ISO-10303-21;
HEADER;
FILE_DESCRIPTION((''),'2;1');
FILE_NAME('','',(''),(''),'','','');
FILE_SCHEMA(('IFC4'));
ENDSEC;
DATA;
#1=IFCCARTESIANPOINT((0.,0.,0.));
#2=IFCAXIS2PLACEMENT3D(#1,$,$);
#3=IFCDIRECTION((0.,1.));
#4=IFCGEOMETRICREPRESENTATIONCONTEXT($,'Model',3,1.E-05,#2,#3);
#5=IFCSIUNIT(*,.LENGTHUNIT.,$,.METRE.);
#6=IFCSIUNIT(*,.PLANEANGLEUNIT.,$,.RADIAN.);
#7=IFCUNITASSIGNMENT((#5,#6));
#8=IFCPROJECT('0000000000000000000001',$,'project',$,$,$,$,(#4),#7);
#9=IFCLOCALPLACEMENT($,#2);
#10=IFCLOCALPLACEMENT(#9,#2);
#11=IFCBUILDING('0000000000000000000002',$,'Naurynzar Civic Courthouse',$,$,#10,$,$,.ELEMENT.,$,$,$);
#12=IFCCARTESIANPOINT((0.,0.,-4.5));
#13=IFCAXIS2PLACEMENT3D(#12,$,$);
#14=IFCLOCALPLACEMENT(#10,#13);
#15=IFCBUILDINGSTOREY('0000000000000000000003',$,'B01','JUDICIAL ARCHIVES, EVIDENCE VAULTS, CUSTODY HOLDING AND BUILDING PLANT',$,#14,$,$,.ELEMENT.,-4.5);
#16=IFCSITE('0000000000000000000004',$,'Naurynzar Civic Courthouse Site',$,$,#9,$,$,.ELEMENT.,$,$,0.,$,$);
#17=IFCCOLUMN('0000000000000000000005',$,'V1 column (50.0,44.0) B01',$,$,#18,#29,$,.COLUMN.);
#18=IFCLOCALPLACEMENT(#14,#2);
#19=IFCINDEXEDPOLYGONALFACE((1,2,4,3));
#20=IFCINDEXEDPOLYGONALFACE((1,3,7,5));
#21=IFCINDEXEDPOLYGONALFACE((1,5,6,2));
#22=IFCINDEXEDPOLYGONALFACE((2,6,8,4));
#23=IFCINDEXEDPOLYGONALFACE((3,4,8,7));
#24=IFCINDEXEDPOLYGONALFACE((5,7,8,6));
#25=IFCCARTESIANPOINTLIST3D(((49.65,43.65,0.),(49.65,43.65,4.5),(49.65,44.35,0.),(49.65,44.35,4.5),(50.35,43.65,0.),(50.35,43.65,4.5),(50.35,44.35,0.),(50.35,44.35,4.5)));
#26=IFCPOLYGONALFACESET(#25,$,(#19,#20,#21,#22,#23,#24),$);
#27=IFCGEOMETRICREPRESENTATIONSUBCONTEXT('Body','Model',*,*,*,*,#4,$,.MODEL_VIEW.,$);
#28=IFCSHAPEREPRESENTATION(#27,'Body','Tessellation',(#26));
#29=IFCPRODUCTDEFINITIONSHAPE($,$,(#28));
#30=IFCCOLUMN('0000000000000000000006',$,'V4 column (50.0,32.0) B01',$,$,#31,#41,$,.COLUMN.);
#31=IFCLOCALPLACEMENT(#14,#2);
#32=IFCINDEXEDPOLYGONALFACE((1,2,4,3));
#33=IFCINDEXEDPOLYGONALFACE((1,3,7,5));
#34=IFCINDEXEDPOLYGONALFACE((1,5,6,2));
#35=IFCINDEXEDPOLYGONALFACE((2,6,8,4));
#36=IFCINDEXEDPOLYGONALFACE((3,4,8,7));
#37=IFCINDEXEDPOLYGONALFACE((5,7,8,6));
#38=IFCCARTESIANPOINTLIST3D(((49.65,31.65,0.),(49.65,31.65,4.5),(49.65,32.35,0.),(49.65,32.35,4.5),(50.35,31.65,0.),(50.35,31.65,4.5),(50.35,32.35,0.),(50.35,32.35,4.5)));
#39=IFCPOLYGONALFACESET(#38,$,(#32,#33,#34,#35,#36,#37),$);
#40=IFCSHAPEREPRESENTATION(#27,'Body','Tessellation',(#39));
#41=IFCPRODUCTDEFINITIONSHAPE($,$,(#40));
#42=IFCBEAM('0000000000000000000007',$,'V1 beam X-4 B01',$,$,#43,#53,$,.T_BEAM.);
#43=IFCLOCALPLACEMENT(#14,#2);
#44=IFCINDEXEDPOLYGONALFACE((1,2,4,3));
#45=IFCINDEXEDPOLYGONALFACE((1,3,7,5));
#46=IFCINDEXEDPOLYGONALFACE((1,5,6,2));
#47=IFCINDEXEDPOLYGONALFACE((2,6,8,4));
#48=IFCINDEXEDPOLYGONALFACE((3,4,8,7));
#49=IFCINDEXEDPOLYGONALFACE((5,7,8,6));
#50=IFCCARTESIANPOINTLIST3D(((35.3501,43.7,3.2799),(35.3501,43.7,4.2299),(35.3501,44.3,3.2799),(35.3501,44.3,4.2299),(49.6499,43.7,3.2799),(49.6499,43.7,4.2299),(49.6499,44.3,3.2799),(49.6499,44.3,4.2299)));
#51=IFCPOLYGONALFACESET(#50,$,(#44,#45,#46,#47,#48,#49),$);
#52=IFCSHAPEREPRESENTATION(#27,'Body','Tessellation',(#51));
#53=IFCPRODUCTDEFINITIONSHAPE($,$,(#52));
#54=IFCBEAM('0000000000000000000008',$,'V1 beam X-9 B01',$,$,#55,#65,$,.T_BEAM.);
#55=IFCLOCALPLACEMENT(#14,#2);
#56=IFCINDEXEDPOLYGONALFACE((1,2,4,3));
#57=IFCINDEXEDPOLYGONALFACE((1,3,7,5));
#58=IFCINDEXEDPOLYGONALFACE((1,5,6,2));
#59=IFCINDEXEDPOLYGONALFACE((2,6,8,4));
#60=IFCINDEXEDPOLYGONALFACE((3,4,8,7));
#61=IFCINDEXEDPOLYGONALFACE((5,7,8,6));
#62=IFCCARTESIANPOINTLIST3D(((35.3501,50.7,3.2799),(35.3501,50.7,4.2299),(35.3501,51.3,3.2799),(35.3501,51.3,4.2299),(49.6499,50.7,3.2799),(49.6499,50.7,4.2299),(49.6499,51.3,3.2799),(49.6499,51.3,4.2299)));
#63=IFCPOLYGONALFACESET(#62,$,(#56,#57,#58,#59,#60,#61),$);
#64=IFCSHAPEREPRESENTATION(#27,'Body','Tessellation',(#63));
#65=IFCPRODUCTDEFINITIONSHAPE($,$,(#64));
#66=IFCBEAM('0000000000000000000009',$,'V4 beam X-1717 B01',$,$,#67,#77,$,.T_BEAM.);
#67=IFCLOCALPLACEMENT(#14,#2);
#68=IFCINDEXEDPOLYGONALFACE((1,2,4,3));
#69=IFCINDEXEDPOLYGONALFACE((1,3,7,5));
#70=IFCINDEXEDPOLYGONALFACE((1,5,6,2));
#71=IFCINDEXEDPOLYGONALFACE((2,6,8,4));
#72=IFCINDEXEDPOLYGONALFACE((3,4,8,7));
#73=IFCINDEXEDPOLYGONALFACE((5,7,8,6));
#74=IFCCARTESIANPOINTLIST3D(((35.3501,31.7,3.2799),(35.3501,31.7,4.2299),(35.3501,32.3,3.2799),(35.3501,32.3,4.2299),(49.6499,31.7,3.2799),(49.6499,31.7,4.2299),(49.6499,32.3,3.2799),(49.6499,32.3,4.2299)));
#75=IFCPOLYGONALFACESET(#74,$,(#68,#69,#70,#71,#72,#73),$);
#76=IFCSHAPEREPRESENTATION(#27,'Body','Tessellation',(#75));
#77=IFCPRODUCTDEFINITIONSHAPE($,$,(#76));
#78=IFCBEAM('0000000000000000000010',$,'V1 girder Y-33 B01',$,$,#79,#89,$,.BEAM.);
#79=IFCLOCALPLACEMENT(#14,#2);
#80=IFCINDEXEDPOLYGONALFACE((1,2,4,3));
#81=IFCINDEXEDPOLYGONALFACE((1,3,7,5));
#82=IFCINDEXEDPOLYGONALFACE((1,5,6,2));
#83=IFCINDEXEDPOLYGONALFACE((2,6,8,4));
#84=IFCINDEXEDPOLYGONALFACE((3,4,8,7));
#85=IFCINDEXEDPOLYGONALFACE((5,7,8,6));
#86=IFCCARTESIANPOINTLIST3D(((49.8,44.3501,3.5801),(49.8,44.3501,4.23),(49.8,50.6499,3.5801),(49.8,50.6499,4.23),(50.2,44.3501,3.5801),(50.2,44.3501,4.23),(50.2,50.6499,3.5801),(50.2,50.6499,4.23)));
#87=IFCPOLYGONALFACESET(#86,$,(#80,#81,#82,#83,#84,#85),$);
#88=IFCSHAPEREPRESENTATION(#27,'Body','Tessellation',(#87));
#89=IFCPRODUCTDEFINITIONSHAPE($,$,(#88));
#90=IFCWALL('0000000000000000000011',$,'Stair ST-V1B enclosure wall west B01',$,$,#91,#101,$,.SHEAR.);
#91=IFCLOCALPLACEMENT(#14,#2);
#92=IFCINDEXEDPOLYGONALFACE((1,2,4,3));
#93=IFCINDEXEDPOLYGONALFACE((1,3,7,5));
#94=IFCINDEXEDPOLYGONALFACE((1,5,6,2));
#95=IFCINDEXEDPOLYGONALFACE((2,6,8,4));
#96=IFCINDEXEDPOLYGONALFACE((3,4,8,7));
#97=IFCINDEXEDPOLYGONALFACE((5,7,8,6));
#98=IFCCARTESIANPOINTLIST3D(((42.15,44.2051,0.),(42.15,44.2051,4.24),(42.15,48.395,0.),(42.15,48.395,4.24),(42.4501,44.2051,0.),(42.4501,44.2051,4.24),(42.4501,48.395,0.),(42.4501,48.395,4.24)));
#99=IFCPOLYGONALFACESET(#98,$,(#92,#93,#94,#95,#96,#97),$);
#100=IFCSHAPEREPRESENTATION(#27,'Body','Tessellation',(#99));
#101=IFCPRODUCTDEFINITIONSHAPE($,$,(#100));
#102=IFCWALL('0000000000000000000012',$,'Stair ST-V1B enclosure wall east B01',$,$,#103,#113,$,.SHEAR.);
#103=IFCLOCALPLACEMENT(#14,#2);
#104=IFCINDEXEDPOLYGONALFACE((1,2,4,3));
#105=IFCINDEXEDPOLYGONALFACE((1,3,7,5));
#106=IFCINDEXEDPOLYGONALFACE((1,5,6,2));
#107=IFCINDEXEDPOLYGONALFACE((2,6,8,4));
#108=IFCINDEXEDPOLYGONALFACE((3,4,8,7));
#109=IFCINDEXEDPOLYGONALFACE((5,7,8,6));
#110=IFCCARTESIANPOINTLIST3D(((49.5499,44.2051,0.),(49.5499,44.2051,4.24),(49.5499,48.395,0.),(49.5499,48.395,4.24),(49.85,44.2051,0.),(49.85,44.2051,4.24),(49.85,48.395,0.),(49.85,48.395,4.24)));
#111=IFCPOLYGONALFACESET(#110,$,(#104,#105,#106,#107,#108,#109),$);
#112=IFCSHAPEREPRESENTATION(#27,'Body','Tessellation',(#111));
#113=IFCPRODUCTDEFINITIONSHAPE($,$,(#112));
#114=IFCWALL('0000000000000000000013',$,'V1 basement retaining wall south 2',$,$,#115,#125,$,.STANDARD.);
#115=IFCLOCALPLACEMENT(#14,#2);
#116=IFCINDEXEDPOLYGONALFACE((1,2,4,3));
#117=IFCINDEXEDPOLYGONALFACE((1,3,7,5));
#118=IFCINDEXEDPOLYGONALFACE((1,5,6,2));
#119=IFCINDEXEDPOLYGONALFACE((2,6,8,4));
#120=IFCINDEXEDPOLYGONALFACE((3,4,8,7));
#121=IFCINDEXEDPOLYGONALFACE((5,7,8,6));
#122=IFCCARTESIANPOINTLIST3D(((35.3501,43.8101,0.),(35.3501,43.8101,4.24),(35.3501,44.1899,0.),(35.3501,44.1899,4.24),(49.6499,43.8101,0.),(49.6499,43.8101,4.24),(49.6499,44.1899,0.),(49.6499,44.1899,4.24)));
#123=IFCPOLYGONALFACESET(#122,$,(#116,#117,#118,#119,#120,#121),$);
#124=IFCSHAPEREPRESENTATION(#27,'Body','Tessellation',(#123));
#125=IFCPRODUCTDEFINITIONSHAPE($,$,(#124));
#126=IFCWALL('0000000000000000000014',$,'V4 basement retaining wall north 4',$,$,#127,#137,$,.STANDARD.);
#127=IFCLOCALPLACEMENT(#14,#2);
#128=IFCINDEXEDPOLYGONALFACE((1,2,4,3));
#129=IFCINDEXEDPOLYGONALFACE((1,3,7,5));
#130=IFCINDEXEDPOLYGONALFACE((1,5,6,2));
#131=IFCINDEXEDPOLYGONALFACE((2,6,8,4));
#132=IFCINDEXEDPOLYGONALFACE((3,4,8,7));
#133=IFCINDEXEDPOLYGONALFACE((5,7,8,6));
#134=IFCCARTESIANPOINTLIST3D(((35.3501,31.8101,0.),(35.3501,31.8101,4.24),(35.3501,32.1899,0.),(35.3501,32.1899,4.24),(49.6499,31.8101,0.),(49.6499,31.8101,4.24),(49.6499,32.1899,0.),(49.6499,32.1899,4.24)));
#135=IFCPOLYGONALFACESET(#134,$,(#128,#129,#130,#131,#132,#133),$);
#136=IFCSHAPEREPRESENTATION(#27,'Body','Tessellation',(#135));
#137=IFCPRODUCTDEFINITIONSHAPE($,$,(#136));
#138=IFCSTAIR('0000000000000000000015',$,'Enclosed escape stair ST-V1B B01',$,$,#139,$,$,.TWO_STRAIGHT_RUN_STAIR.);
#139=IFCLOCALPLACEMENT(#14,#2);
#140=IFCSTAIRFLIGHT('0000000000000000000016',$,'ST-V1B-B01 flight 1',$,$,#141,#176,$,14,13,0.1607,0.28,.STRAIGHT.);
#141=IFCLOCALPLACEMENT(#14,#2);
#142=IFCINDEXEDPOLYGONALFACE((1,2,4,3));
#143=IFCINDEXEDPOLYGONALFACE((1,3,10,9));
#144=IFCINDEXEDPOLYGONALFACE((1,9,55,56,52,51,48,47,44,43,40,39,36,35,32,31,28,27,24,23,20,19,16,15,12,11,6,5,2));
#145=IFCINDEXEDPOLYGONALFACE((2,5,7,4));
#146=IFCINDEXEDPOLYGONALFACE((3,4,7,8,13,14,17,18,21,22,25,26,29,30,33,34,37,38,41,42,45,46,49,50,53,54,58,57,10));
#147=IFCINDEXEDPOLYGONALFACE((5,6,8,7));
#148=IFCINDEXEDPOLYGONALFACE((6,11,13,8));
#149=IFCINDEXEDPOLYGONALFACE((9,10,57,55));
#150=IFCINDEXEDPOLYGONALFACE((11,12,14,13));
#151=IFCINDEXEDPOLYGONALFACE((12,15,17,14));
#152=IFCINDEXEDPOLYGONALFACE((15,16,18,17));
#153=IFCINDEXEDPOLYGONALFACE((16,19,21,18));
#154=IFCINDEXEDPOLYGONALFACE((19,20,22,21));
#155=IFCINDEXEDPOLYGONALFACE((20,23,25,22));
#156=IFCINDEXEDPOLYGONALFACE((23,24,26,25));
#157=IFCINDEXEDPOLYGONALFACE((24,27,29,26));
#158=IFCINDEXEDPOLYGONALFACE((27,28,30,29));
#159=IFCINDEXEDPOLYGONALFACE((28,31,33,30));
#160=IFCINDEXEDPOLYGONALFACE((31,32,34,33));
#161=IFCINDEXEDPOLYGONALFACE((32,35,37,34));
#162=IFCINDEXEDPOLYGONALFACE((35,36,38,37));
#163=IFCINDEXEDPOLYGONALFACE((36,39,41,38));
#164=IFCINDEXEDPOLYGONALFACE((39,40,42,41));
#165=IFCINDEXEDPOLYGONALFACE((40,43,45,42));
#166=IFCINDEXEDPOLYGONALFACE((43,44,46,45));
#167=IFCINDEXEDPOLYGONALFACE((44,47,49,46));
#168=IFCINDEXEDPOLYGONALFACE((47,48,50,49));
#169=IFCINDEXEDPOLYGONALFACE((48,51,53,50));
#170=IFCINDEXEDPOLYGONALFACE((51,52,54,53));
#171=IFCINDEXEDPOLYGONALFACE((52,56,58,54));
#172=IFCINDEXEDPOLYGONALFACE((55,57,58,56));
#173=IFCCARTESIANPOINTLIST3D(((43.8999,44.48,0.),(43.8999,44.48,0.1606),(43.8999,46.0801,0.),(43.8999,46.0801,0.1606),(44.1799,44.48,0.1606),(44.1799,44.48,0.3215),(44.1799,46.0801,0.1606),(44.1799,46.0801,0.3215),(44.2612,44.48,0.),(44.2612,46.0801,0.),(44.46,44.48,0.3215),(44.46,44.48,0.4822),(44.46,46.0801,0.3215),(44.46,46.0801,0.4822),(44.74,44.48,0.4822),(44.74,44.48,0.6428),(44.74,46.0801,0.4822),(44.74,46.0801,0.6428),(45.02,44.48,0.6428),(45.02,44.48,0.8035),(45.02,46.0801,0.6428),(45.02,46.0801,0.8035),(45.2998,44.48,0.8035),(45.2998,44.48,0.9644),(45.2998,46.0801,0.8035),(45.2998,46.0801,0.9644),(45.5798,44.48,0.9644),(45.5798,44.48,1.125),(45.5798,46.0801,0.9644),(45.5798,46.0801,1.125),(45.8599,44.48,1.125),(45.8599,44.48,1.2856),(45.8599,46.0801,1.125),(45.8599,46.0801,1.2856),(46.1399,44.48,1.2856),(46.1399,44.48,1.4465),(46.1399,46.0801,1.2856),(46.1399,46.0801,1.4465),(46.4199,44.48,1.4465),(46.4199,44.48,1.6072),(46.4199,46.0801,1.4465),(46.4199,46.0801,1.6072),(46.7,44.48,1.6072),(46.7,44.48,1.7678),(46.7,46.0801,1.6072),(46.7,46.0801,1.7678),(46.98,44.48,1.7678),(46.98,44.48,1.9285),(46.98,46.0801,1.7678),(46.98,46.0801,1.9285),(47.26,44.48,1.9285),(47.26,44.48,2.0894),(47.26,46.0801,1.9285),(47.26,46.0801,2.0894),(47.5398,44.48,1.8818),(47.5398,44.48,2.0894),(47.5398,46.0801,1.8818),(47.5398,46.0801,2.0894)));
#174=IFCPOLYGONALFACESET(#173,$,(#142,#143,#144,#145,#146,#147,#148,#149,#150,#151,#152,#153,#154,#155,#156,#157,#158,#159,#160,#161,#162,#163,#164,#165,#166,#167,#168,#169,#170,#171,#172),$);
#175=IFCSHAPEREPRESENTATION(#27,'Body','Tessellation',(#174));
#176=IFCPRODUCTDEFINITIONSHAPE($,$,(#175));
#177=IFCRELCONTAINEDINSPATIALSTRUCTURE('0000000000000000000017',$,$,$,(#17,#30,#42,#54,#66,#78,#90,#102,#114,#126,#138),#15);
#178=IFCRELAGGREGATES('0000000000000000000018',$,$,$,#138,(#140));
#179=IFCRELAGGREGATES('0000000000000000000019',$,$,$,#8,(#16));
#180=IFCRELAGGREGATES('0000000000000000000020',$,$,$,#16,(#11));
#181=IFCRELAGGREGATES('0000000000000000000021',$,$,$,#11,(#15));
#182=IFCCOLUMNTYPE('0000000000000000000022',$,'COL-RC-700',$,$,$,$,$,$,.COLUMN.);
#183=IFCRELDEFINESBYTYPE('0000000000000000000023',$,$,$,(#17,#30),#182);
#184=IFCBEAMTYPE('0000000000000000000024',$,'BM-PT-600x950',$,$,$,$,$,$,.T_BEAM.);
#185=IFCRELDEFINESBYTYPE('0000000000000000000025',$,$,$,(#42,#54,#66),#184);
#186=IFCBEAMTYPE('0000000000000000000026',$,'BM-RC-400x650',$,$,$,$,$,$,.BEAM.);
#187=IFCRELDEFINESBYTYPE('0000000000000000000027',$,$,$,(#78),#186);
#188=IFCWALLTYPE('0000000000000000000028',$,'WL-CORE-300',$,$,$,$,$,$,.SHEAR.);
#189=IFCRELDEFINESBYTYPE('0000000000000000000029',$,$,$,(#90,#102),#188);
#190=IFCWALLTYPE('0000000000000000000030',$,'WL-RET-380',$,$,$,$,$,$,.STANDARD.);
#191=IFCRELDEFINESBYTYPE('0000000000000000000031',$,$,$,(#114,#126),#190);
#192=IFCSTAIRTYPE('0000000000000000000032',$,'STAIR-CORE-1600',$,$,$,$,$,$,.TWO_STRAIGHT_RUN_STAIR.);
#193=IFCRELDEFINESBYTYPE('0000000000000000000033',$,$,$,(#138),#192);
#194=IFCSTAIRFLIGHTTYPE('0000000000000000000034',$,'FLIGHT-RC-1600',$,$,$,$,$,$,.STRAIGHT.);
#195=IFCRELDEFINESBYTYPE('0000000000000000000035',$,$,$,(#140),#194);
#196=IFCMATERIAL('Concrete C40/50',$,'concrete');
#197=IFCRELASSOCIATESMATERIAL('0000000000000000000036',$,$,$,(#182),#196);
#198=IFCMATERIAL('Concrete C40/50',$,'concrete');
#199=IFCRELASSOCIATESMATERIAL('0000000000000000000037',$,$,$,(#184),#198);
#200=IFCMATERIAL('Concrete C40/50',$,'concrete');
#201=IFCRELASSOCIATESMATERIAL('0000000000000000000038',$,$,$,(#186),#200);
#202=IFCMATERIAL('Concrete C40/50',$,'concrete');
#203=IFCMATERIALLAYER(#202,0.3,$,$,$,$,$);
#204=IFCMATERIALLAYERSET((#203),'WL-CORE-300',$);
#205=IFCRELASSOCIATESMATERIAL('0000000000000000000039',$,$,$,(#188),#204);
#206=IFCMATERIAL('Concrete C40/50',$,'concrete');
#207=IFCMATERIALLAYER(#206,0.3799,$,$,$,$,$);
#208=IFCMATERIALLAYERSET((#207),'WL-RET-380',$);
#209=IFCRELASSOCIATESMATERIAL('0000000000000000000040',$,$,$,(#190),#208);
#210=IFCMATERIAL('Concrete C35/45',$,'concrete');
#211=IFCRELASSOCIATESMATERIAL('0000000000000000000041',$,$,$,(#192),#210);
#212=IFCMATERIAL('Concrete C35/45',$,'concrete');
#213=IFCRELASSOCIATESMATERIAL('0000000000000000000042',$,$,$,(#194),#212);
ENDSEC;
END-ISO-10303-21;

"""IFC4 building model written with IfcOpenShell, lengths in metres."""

from ifc_helpers import new_model, si_unit, direction, frame, frame_2d, origin, origin_2d, place, context, subcontext, project, spatial, polyline, rectangle, outline, extrude, material, layer, layer_set, material_profile, profile_set, type_object, element, aggregate, save


model = new_model("IFC4")

# Units and contexts
model_context = context("Model", 3, precision=1e-05, world=origin(), true_north=direction((0.0, 1.0)))
body_context = subcontext(model_context, "Body", "Model", "MODEL_VIEW")
ifc_project = project(units=[si_unit("LENGTHUNIT", "METRE"), si_unit("PLANEANGLEUNIT", "RADIAN")], contexts=[model_context])

# Site, building, storey
site_placement = place(None, origin())
site = spatial("IfcSite", under=ifc_project, at=site_placement, Name="Naurynzar Civic Courthouse Site", CompositionType="ELEMENT", RefElevation=0.0)
building_placement = place(site_placement, origin())
building = spatial("IfcBuilding", under=site, at=building_placement, Name="Naurynzar Civic Courthouse", CompositionType="ELEMENT")
storey_placement = place(building_placement, frame((0.0, 0.0, -4.5)))
storey = spatial("IfcBuildingStorey", under=building, at=storey_placement, Name="B01", Description="JUDICIAL ARCHIVES, EVIDENCE VAULTS, CUSTODY HOLDING AND BUILDING PLANT", CompositionType="ELEMENT", Elevation=-4.5)

# Columns
ifc_material_1 = material(Name="Concrete C40/50", Category="concrete")
ifc_material_profile_1 = material_profile(ifc_material_1, rectangle(XDim=0.7, YDim=0.7, at=origin_2d()), Name="RC 700x700")
ifc_profile_set_1 = profile_set([ifc_material_profile_1], Name="Concrete C40/50")
column_type = type_object("IfcColumnType", Name="COL-RC-700", PredefinedType="COLUMN", material=ifc_profile_set_1)
for number, where, z_axis, x_axis, name in (
    (1, (50.0, 44.0, 0.0), (0.0, 0.0, 1.0), (1.0, 0.0, 0.0), "V1 column (50.0,44.0) B01"),
    (2, (50.0, 32.0, 0.0), (0.0, 0.0, 1.0), (1.0, 0.0, 0.0), "V4 column (50.0,32.0) B01"),
):
    element("IfcColumn", number, at=place(storey_placement, frame(where, z_axis=z_axis, x_axis=x_axis)), inside=storey, type_object=column_type, Name=name, PredefinedType="COLUMN", context=body_context, shape_type="SweptSolid", body=[
        extrude(rectangle(XDim=0.7, YDim=0.7, at=origin_2d()), origin(), (0.0, 0.0, 1.0), 4.5),
    ])

# Beams
ifc_material_2 = material(Name="Concrete C40/50", Category="concrete")
ifc_material_profile_2 = material_profile(ifc_material_2, rectangle(XDim=0.6001, YDim=0.95, at=origin_2d()), Name="PTB 600x950")
ifc_profile_set_2 = profile_set([ifc_material_profile_2], Name="Concrete C40/50")
beam_type_1 = type_object("IfcBeamType", Name="BM-PT-600x950", PredefinedType="T_BEAM", material=ifc_profile_set_2)
for number, where, z_axis, x_axis, name in (
    (3, (35.3501, 44.0, 3.7549), (1.0, 0.0, 0.0), (0.0, 1.0, 0.0), "V1 beam X-4 B01"),
    (4, (35.3501, 51.0, 3.7549), (1.0, 0.0, 0.0), (0.0, 1.0, 0.0), "V1 beam X-9 B01"),
    (5, (35.3501, 32.0, 3.7549), (1.0, 0.0, 0.0), (0.0, 1.0, 0.0), "V4 beam X-1717 B01"),
):
    element("IfcBeam", number, at=place(storey_placement, frame(where, z_axis=z_axis, x_axis=x_axis)), inside=storey, type_object=beam_type_1, Name=name, PredefinedType="T_BEAM", context=body_context, shape_type="SweptSolid", body=[
        extrude(rectangle(XDim=0.6001, YDim=0.95, at=origin_2d()), origin(), (0.0, 0.0, 1.0), 14.2998),
    ])
ifc_material_3 = material(Name="Concrete C40/50", Category="concrete")
ifc_material_profile_3 = material_profile(ifc_material_3, rectangle(XDim=0.3999, YDim=0.6499, at=origin_2d()), Name="RCB 400x650")
ifc_profile_set_3 = profile_set([ifc_material_profile_3], Name="Concrete C40/50")
beam_type_2 = type_object("IfcBeamType", Name="BM-RC-400x650", PredefinedType="BEAM", material=ifc_profile_set_3)
beam_placement = place(storey_placement, frame((50.0, 44.3501, 3.905), z_axis=(0.0, 1.0, 0.0), x_axis=(-1.0, 0.0, 0.0)))
element("IfcBeam", 6, at=beam_placement, inside=storey, type_object=beam_type_2, Name="V1 girder Y-33 B01", PredefinedType="BEAM", context=body_context, shape_type="SweptSolid", body=[
    extrude(rectangle(XDim=0.3999, YDim=0.6499, at=origin_2d()), origin(), (0.0, 0.0, 1.0), 6.2998),
])

# Shared definitions
ifc_material_4 = material(Name="Concrete C40/50", Category="concrete")
ifc_layer_1 = layer(ifc_material_4, 0.3)
ifc_layer_set_1 = layer_set([ifc_layer_1], Name="WL-CORE-300")
wall_type_1 = type_object("IfcWallType", Name="WL-CORE-300", PredefinedType="SHEAR", material=ifc_layer_set_1)

# Walls
for number, where, z_axis, x_axis, name in (
    (7, (42.3, 48.395, 0.0), (0.0, 0.0, 1.0), (0.0, -1.0, 0.0), "Stair ST-V1B enclosure wall west B01"),
    (8, (49.7, 44.2051, 0.0), (0.0, 0.0, 1.0), (0.0, 1.0, 0.0), "Stair ST-V1B enclosure wall east B01"),
):
    element("IfcWall", number, at=place(storey_placement, frame(where, z_axis=z_axis, x_axis=x_axis)), inside=storey, type_object=wall_type_1, Name=name, PredefinedType="SHEAR", context=body_context, shape_type="SweptSolid", body=[
        extrude(rectangle(XDim=4.1899, YDim=0.3, at=frame_2d((2.095, 0.0))), origin(), (0.0, 0.0, 1.0), 4.24),
    ])
ifc_material_5 = material(Name="Concrete C40/50", Category="concrete")
ifc_layer_2 = layer(ifc_material_5, 0.3799)
ifc_layer_set_2 = layer_set([ifc_layer_2], Name="WL-RET-380")
wall_type_2 = type_object("IfcWallType", Name="WL-RET-380", PredefinedType="STANDARD", material=ifc_layer_set_2)
for number, where, z_axis, x_axis, name in (
    (9, (49.6499, 44.0, 0.0), (0.0, 0.0, 1.0), (-1.0, 0.0, 0.0), "V1 basement retaining wall south 2"),
    (10, (35.3501, 32.0, 0.0), (0.0, 0.0, 1.0), (1.0, 0.0, 0.0), "V4 basement retaining wall north 4"),
):
    element("IfcWall", number, at=place(storey_placement, frame(where, z_axis=z_axis, x_axis=x_axis)), inside=storey, type_object=wall_type_2, Name=name, PredefinedType="STANDARD", context=body_context, shape_type="SweptSolid", body=[
        extrude(rectangle(XDim=14.2998, YDim=0.3799, at=frame_2d((7.1499, 0.0))), origin(), (0.0, 0.0, 1.0), 4.24),
    ])

# Stair, stair flight
ifc_material_6 = material(Name="Concrete C35/45", Category="concrete")
stair_type = type_object("IfcStairType", Name="STAIR-CORE-1600", PredefinedType="TWO_STRAIGHT_RUN_STAIR", material=ifc_material_6)
stair_placement = place(storey_placement, origin())
stair = element("IfcStair", 11, at=stair_placement, inside=storey, type_object=stair_type, Name="Enclosed escape stair ST-V1B B01", PredefinedType="TWO_STRAIGHT_RUN_STAIR")
ifc_material_7 = material(Name="Concrete C35/45", Category="concrete")
stair_flight_type = type_object("IfcStairFlightType", Name="FLIGHT-RC-1600", PredefinedType="STRAIGHT", material=ifc_material_7)
stair_flight_1_placement = place(storey_placement, frame((43.8999, 45.28, 0.0), z_axis=(0.0, 0.0, 1.0), x_axis=(1.0, 0.0, 0.0)))
stair_flight_1 = element("IfcStairFlight", 12, at=stair_flight_1_placement, type_object=stair_flight_type, Name="ST-V1B-B01 flight 1", NumberOfRisers=14, NumberOfTreads=13, PredefinedType="STRAIGHT", RiserHeight=0.1607, TreadLength=0.28, context=body_context, shape_type="SweptSolid", body=[
    extrude(outline(polyline([(0.0, 0.0), (0.0, 0.1606), (0.28, 0.1606), (0.28, 0.3215), (0.5601, 0.3215), (0.5601, 0.4822), (0.8401, 0.4822), (0.8401, 0.6428), (1.1201, 0.6428), (1.1201, 0.8035), (1.3999, 0.8035), (1.3999, 0.9644), (1.6799, 0.9644), (1.6799, 1.125), (1.96, 1.125), (1.96, 1.2856), (2.24, 1.2856), (2.24, 1.4465), (2.52, 1.4465), (2.52, 1.6072), (2.8, 1.6072), (2.8, 1.7678), (3.0801, 1.7678), (3.0801, 1.9285), (3.3601, 1.9285), (3.3601, 2.0894), (3.6399, 2.0894), (3.6399, 2.25), (3.6399, 1.8818), (0.3613, 0.0), (0.0, 0.0)])), frame((0.0, 0.8, 0.0), z_axis=(0.0, -1.0, 0.0), x_axis=(1.0, 0.0, 0.0)), (0.0, 0.0, 1.0), 1.6001),
])
aggregate(stair, [stair_flight_1])

save(model, "model.ifc")
